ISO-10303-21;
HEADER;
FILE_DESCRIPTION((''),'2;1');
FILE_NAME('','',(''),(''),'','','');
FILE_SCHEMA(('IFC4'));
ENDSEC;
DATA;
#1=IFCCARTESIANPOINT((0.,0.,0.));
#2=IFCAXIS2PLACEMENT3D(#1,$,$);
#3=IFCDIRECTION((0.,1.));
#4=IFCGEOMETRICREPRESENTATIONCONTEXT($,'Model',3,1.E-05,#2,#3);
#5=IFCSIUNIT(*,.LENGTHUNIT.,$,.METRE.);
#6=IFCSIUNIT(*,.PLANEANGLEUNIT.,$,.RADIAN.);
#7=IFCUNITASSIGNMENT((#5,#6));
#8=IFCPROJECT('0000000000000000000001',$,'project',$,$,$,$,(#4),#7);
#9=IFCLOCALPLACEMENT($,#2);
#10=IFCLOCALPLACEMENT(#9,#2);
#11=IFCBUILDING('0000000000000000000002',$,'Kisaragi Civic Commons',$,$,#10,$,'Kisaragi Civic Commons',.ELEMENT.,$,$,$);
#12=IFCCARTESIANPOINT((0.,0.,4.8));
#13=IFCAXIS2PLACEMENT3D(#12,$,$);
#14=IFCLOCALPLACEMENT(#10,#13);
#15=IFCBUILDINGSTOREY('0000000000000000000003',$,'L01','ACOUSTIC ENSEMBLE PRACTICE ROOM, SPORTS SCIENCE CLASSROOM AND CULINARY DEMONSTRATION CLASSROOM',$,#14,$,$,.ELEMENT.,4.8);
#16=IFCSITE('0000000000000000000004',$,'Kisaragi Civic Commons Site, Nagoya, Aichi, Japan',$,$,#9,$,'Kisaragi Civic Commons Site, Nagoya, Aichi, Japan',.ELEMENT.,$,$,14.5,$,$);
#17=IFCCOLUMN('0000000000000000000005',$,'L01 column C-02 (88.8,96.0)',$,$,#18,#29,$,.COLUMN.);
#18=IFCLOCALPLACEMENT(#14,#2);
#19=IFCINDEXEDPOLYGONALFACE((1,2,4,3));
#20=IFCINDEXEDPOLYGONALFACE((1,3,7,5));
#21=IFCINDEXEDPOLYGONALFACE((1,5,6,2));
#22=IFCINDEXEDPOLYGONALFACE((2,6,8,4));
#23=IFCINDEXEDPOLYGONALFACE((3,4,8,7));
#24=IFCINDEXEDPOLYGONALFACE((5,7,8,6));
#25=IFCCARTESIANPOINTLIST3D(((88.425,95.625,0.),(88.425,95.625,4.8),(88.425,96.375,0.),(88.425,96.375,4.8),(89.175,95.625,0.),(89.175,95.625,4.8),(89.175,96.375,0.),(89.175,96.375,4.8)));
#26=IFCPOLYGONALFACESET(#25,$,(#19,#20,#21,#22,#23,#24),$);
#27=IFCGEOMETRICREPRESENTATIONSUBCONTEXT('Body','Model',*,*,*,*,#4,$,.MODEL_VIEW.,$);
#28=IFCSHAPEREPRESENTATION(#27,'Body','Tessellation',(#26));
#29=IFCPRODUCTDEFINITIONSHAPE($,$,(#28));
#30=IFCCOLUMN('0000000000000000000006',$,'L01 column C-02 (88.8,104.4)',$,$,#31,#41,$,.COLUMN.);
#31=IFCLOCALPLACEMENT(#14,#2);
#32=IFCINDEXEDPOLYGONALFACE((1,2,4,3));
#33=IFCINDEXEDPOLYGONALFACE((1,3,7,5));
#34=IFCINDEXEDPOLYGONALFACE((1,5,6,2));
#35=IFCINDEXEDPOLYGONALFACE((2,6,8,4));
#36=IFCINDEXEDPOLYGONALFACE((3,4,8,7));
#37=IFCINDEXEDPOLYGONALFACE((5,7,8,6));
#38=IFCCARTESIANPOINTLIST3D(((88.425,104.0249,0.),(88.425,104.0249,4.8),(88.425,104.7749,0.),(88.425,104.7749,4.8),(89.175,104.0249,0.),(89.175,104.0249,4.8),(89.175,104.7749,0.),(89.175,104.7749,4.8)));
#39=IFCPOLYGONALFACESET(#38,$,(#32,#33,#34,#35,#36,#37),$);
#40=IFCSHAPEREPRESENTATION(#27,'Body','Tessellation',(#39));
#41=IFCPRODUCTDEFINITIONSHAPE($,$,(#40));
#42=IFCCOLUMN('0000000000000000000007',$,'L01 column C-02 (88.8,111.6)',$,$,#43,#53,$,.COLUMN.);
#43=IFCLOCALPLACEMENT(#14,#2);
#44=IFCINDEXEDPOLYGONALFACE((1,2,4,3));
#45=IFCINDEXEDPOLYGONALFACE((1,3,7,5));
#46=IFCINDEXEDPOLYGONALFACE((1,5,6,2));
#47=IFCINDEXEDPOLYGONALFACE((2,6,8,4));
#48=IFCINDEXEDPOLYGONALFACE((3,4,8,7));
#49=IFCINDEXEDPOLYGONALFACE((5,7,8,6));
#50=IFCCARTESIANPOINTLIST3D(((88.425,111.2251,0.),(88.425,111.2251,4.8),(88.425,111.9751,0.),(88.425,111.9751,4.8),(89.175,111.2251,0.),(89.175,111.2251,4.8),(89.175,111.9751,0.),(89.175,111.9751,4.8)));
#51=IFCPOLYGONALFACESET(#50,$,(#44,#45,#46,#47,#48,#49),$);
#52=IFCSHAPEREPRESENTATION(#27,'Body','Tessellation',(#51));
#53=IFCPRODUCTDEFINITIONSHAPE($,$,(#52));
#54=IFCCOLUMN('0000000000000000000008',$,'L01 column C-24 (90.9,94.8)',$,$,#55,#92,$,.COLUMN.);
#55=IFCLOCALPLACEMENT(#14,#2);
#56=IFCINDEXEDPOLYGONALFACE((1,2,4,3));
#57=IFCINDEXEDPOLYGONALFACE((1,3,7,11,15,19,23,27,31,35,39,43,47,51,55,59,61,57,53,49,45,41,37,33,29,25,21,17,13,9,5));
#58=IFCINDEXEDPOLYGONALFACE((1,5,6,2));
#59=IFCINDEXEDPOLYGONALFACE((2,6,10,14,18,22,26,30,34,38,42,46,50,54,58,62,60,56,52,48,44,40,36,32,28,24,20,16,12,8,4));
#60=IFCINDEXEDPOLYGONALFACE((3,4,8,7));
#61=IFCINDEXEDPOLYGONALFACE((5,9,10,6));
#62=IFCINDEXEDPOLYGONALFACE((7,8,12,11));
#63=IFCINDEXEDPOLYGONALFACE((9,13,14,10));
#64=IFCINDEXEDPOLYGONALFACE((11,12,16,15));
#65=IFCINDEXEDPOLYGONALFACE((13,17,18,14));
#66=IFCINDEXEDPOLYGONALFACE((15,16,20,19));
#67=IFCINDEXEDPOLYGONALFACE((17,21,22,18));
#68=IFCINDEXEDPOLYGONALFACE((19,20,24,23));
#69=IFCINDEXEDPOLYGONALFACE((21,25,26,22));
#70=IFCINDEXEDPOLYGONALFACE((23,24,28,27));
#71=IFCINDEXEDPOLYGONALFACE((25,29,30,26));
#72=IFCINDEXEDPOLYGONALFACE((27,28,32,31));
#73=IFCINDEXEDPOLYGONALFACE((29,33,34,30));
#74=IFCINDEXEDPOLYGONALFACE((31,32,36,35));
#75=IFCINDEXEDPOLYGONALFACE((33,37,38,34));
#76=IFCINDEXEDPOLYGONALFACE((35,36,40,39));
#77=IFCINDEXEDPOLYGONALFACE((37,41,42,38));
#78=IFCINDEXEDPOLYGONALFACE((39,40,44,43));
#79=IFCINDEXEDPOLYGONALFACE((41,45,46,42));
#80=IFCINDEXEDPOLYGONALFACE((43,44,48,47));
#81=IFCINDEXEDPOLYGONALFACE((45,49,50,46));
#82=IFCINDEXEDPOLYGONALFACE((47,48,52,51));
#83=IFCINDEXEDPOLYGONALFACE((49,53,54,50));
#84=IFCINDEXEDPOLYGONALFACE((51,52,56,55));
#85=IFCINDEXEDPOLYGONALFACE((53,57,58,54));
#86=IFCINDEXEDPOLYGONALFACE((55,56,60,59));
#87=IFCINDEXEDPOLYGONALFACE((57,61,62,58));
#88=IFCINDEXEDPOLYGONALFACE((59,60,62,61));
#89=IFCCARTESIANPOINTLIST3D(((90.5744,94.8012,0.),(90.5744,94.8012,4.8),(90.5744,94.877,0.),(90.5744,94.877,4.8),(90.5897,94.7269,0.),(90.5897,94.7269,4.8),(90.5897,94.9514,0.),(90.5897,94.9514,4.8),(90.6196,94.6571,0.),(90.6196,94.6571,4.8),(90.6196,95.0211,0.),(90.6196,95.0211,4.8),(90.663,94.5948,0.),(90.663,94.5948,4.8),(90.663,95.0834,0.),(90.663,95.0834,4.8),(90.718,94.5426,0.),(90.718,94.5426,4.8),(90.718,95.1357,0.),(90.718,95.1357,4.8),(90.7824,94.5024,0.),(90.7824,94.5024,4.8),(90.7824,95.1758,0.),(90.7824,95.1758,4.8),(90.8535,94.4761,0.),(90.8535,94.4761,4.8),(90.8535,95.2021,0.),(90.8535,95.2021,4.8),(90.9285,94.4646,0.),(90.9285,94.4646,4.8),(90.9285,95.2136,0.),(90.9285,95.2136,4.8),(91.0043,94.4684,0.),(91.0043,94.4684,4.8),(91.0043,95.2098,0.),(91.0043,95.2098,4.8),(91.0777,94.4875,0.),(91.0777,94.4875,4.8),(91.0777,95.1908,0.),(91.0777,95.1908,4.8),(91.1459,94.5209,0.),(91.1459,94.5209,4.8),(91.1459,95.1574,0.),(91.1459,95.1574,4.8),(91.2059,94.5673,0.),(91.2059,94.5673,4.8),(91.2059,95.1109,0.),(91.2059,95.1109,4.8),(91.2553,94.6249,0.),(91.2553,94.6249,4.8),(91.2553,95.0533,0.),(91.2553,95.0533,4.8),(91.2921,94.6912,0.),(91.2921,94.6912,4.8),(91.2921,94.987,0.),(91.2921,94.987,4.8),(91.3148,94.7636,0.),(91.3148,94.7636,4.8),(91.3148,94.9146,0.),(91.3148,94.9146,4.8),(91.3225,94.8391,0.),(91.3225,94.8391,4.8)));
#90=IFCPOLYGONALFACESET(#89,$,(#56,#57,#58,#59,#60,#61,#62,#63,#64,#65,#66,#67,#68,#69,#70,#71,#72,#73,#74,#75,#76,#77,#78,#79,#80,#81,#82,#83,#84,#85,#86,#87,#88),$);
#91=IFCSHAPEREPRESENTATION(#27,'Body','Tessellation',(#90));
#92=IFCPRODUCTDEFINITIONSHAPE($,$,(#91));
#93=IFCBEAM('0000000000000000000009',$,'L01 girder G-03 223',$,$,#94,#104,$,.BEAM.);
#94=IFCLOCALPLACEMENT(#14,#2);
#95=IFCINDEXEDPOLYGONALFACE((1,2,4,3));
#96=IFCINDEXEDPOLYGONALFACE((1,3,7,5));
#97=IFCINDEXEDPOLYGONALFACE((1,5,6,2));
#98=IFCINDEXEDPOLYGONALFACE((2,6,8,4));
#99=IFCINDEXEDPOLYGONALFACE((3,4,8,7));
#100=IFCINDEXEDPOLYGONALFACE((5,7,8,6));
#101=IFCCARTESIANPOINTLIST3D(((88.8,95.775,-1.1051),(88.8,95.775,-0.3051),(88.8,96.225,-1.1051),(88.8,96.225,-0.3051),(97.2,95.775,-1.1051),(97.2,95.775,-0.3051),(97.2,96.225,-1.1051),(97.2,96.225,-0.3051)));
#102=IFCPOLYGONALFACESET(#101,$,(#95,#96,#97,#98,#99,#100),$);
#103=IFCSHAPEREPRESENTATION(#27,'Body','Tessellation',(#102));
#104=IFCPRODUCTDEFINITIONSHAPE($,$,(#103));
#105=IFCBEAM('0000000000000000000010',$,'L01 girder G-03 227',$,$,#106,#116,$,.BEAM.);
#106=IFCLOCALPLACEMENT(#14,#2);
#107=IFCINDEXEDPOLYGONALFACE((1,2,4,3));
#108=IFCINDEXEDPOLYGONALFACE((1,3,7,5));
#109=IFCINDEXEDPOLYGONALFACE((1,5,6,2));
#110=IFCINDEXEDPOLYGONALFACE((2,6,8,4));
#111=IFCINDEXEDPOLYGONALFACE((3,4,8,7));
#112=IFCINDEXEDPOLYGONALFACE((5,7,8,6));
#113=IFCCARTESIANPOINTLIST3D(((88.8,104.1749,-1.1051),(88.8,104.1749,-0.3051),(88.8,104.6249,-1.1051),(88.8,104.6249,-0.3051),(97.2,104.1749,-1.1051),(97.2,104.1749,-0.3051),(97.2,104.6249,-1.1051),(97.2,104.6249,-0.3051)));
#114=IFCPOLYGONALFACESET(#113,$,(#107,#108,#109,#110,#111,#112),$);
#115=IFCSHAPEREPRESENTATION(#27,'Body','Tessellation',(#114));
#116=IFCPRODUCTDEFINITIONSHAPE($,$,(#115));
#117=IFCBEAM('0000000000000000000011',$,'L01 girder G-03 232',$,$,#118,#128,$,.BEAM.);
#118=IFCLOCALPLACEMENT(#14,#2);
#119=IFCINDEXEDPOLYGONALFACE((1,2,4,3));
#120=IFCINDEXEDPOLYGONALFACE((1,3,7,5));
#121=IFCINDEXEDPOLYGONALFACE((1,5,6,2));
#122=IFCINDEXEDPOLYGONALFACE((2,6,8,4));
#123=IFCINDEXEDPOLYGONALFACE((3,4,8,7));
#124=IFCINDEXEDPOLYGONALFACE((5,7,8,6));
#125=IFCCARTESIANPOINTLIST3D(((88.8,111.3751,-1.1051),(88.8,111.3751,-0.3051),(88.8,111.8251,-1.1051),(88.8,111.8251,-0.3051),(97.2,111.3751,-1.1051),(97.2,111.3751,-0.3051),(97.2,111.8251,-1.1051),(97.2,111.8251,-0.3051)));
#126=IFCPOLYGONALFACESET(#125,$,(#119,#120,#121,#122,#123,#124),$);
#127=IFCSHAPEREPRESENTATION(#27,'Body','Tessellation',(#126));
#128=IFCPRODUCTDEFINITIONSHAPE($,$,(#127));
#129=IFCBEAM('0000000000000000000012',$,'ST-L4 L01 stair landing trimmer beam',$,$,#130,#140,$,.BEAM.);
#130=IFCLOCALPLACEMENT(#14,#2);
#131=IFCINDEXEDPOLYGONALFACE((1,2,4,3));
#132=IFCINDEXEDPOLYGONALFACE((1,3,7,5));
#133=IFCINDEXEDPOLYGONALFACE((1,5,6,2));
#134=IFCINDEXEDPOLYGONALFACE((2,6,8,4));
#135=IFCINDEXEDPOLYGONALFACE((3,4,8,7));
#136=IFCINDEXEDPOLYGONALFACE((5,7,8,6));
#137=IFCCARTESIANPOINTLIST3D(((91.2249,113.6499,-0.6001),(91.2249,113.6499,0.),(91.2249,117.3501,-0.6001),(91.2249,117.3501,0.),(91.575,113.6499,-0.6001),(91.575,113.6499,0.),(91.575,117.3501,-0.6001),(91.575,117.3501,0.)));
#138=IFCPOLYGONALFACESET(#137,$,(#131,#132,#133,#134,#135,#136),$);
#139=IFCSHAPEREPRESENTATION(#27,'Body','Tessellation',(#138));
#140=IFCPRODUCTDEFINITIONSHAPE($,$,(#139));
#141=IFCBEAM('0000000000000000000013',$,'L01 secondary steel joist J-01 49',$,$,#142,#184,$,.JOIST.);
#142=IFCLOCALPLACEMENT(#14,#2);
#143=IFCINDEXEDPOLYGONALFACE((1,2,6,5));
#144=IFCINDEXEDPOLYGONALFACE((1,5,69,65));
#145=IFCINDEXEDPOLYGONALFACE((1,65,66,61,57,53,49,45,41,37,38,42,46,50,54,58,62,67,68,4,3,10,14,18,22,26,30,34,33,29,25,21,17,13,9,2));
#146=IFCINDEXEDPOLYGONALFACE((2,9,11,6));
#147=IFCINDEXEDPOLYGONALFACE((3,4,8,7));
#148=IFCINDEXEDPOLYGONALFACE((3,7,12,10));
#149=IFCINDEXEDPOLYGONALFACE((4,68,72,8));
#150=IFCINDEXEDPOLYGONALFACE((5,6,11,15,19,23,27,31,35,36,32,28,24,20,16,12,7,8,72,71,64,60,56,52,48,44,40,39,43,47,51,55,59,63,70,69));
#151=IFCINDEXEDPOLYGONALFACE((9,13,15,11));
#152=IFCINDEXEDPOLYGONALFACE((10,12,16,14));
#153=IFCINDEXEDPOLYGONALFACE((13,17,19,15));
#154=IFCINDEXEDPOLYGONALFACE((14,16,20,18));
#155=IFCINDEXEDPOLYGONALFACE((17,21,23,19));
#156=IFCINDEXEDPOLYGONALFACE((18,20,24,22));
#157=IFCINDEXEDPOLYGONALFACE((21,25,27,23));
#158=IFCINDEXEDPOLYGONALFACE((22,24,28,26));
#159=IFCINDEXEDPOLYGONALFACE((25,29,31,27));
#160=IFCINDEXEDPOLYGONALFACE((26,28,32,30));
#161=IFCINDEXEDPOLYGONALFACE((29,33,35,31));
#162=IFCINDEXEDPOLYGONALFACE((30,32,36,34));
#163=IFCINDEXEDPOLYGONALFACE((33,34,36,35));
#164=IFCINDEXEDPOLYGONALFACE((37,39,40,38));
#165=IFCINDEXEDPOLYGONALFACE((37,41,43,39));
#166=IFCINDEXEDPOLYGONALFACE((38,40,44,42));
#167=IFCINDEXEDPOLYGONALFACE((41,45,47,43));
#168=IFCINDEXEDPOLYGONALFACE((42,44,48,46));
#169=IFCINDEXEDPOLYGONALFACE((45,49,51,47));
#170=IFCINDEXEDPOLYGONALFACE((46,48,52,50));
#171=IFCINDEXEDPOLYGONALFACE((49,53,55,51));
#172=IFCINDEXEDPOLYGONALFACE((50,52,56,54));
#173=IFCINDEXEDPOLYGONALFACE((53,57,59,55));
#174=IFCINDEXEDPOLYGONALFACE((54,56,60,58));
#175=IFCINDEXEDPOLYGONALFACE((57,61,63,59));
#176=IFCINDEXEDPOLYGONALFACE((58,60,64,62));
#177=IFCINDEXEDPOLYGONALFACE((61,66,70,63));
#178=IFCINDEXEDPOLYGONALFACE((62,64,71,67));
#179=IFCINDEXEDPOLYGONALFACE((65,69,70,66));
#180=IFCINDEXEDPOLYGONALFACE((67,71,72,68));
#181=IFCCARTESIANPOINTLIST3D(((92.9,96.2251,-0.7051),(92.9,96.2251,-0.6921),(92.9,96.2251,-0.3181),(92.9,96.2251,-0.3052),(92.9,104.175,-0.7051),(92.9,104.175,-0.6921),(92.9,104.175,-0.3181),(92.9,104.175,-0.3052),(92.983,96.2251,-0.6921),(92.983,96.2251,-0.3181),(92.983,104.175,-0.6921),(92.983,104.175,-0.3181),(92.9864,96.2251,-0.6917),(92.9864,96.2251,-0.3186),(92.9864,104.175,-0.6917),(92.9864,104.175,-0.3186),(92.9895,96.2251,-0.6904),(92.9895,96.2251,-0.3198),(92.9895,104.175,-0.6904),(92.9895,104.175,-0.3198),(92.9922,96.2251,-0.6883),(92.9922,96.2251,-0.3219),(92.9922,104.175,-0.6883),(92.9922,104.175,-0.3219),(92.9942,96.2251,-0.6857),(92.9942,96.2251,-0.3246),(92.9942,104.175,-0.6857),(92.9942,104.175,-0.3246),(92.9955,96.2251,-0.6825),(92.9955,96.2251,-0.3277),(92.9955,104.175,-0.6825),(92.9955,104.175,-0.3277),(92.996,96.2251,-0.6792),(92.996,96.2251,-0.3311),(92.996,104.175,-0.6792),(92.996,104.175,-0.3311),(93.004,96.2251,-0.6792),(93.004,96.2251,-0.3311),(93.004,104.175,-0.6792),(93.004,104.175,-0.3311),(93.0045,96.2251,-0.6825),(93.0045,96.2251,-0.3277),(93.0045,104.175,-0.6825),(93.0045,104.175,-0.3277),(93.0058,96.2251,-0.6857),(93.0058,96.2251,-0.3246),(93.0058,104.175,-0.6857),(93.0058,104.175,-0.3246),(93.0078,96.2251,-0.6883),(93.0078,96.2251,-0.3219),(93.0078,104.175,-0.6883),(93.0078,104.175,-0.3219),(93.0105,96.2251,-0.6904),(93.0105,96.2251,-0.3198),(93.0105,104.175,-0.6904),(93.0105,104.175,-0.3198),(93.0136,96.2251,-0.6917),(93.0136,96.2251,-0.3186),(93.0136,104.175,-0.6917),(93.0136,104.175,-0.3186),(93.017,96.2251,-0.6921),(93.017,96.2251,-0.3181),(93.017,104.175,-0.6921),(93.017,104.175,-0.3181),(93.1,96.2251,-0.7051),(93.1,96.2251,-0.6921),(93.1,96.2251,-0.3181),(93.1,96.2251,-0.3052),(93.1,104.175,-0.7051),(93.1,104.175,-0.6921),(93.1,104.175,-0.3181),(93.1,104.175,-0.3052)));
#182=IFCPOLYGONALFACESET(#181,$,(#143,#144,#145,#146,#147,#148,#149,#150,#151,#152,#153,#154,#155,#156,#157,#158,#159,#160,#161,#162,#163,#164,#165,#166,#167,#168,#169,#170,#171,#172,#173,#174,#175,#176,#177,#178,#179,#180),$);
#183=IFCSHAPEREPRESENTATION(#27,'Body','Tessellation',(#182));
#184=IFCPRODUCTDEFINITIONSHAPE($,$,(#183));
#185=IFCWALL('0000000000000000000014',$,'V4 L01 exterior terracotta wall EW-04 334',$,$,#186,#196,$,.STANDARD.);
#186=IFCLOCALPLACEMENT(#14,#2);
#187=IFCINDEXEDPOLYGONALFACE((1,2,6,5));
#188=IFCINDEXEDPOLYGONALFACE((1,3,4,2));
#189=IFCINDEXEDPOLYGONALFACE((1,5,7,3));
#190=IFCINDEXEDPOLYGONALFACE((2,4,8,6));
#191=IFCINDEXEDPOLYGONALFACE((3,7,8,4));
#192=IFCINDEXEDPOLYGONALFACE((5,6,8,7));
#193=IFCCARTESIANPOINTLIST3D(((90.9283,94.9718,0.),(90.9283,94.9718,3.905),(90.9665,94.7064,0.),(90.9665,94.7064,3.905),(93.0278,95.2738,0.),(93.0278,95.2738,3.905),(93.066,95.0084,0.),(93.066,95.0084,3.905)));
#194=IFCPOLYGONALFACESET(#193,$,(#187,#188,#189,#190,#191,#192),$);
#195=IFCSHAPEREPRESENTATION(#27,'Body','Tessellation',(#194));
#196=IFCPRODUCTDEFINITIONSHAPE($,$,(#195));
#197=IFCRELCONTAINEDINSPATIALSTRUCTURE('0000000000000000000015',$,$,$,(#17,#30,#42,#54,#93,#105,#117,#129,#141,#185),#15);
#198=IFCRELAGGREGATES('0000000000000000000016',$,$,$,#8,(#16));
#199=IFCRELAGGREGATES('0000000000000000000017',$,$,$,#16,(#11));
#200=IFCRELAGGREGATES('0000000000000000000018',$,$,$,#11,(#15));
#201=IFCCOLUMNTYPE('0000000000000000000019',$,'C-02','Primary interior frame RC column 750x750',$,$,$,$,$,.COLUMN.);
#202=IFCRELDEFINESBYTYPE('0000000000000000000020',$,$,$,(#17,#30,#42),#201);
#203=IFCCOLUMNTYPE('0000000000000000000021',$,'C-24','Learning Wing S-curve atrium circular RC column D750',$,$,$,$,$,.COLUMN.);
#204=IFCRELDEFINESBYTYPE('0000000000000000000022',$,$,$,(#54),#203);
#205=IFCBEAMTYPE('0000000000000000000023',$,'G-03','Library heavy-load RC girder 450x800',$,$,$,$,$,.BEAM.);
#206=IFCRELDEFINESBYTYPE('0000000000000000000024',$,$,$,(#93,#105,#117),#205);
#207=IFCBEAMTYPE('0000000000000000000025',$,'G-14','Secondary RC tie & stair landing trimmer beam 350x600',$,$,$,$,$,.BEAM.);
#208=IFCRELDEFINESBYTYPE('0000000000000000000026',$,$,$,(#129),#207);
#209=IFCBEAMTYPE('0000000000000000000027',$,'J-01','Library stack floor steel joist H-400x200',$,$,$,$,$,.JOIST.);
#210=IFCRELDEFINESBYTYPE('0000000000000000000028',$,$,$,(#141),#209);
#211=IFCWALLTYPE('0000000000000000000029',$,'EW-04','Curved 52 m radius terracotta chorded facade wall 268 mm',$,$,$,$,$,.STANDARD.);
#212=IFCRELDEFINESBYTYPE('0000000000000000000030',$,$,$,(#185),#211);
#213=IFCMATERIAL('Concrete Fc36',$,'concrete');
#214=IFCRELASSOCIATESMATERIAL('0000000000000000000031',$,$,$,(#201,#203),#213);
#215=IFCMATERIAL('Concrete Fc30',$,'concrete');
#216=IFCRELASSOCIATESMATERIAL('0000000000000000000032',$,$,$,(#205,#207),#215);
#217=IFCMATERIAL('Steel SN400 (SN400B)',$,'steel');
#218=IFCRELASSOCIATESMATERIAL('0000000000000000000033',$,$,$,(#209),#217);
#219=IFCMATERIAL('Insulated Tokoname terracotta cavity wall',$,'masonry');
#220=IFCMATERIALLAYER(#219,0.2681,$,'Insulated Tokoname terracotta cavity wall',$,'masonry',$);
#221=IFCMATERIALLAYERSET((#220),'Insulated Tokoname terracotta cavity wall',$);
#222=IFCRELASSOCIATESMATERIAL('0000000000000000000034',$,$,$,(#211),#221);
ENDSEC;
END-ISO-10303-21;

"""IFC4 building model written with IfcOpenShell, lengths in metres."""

from ifc_helpers import new_model, si_unit, direction, frame, frame_2d, origin, origin_2d, place, context, subcontext, project, spatial, rectangle, circle, i_section, extrude, material, layer, layer_set, material_profile, profile_set, type_object, element, save


model = new_model("IFC4")

# Units and contexts
model_context = context("Model", 3, precision=1e-05, world=origin(), true_north=direction((0.0, 1.0)))
body_context = subcontext(model_context, "Body", "Model", "MODEL_VIEW")
ifc_project = project(units=[si_unit("LENGTHUNIT", "METRE"), si_unit("PLANEANGLEUNIT", "RADIAN")], contexts=[model_context])

# Site, building, storey
site_placement = place(None, origin())
site = spatial("IfcSite", under=ifc_project, at=site_placement, Name="Kisaragi Civic Commons Site, Nagoya, Aichi, Japan", LongName="Kisaragi Civic Commons Site, Nagoya, Aichi, Japan", CompositionType="ELEMENT", RefElevation=14.5)
building_placement = place(site_placement, origin())
building = spatial("IfcBuilding", under=site, at=building_placement, Name="Kisaragi Civic Commons", LongName="Kisaragi Civic Commons", CompositionType="ELEMENT")
storey_placement = place(building_placement, frame((0.0, 0.0, 4.8)))
storey = spatial("IfcBuildingStorey", under=building, at=storey_placement, Name="L01", Description="ACOUSTIC ENSEMBLE PRACTICE ROOM, SPORTS SCIENCE CLASSROOM AND CULINARY DEMONSTRATION CLASSROOM", CompositionType="ELEMENT", Elevation=4.8)

# Columns
ifc_material_1 = material(Name="Concrete Fc36", Category="concrete")
ifc_material_profile_1 = material_profile(ifc_material_1, rectangle(XDim=0.75, YDim=0.75, at=origin_2d()), Name="RC-750x750", Category="concrete")
ifc_profile_set_1 = profile_set([ifc_material_profile_1], Name="Concrete Fc36")
column_type_1 = type_object("IfcColumnType", Name="C-02", Description="Primary interior frame RC column 750x750", PredefinedType="COLUMN", material=ifc_profile_set_1)
for number, where, z_axis, x_axis, name in (
    (1, (88.8, 96.0, 0.0), (0.0, 0.0, 1.0), (1.0, 0.0, 0.0), "L01 column C-02 (88.8,96.0)"),
    (2, (88.8, 104.3999, 0.0), (0.0, 0.0, 1.0), (1.0, 0.0, 0.0), "L01 column C-02 (88.8,104.4)"),
    (3, (88.8, 111.6001, 0.0), (0.0, 0.0, 1.0), (1.0, 0.0, 0.0), "L01 column C-02 (88.8,111.6)"),
):
    element("IfcColumn", number, at=place(storey_placement, frame(where, z_axis=z_axis, x_axis=x_axis)), inside=storey, type_object=column_type_1, Name=name, PredefinedType="COLUMN", context=body_context, shape_type="SweptSolid", body=[
        extrude(rectangle(XDim=0.75, YDim=0.75, at=origin_2d()), origin(), (0.0, 0.0, 1.0), 4.8),
    ])
ifc_material_profile_2 = material_profile(ifc_material_1, circle(Radius=0.375, at=origin_2d()), Name="RC-D750", Category="concrete")
ifc_profile_set_2 = profile_set([ifc_material_profile_2], Name="Concrete Fc36")
column_type_2 = type_object("IfcColumnType", Name="C-24", Description="Learning Wing S-curve atrium circular RC column D750", PredefinedType="COLUMN", material=ifc_profile_set_2)
column_placement = place(storey_placement, frame((90.9475, 94.8391, 0.0), z_axis=(0.0, 0.0, 1.0), x_axis=(1.0, 0.0, 0.0)))
element("IfcColumn", 4, at=column_placement, inside=storey, type_object=column_type_2, Name="L01 column C-24 (90.9,94.8)", PredefinedType="COLUMN", context=body_context, shape_type="SweptSolid", body=[
    extrude(circle(Radius=0.375, at=origin_2d()), origin(), (0.0, 0.0, 1.0), 4.8),
])

# Beams
ifc_material_2 = material(Name="Concrete Fc30", Category="concrete")
ifc_material_profile_3 = material_profile(ifc_material_2, rectangle(XDim=0.45, YDim=0.8, at=origin_2d()), Name="RC-450x800", Category="concrete")
ifc_profile_set_3 = profile_set([ifc_material_profile_3], Name="Concrete Fc30")
beam_type_1 = type_object("IfcBeamType", Name="G-03", Description="Library heavy-load RC girder 450x800", PredefinedType="BEAM", material=ifc_profile_set_3)
for number, where, z_axis, x_axis, name in (
    (5, (88.8, 96.0, -0.7051), (1.0, 0.0, 0.0), (0.0, 1.0, 0.0), "L01 girder G-03 223"),
    (6, (88.8, 104.3999, -0.7051), (1.0, 0.0, 0.0), (0.0, 1.0, 0.0), "L01 girder G-03 227"),
    (7, (88.8, 111.6001, -0.7051), (1.0, 0.0, 0.0), (0.0, 1.0, 0.0), "L01 girder G-03 232"),
):
    element("IfcBeam", number, at=place(storey_placement, frame(where, z_axis=z_axis, x_axis=x_axis)), inside=storey, type_object=beam_type_1, Name=name, PredefinedType="BEAM", context=body_context, shape_type="SweptSolid", body=[
        extrude(rectangle(XDim=0.45, YDim=0.8, at=origin_2d()), origin(), (0.0, 0.0, 1.0), 8.3999),
    ])
ifc_material_profile_4 = material_profile(ifc_material_2, rectangle(XDim=0.3501, YDim=0.6001, at=origin_2d()), Name="RC-350x600", Category="concrete")
ifc_profile_set_4 = profile_set([ifc_material_profile_4], Name="Concrete Fc30")
beam_type_2 = type_object("IfcBeamType", Name="G-14", Description="Secondary RC tie & stair landing trimmer beam 350x600", PredefinedType="BEAM", material=ifc_profile_set_4)
beam_1_placement = place(storey_placement, frame((91.3999, 113.6499, -0.3), z_axis=(0.0, 1.0, 0.0), x_axis=(-1.0, 0.0, 0.0)))
element("IfcBeam", 8, at=beam_1_placement, inside=storey, type_object=beam_type_2, Name="ST-L4 L01 stair landing trimmer beam", PredefinedType="BEAM", context=body_context, shape_type="SweptSolid", body=[
    extrude(rectangle(XDim=0.3501, YDim=0.6001, at=origin_2d()), origin(), (0.0, 0.0, 1.0), 3.7002),
])
ifc_material_3 = material(Name="Steel SN400 (SN400B)", Category="steel")
ifc_material_profile_5 = material_profile(ifc_material_3, i_section(OverallWidth=0.2, OverallDepth=0.3999, WebThickness=0.0081, FlangeThickness=0.0129, FilletRadius=0.0129, at=origin_2d()), Name="H-400x200x8x13", Category="steel")
ifc_profile_set_5 = profile_set([ifc_material_profile_5], Name="Steel SN400 (SN400B)")
beam_type_3 = type_object("IfcBeamType", Name="J-01", Description="Library stack floor steel joist H-400x200", PredefinedType="JOIST", material=ifc_profile_set_5)
beam_2_placement = place(storey_placement, frame((93.0, 96.2251, -0.5051), z_axis=(0.0, 1.0, 0.0), x_axis=(-1.0, 0.0, 0.0)))
element("IfcBeam", 9, at=beam_2_placement, inside=storey, type_object=beam_type_3, Name="L01 secondary steel joist J-01 49", PredefinedType="JOIST", context=body_context, shape_type="SweptSolid", body=[
    extrude(i_section(OverallWidth=0.2, OverallDepth=0.3999, WebThickness=0.0081, FlangeThickness=0.0129, FilletRadius=0.0129, at=origin_2d()), origin(), (0.0, 0.0, 1.0), 7.95),
])

# Wall
ifc_material_4 = material(Name="Insulated Tokoname terracotta cavity wall", Category="masonry")
ifc_layer_1 = layer(ifc_material_4, 0.2681, Name="Insulated Tokoname terracotta cavity wall", Category="masonry")
ifc_layer_set_1 = layer_set([ifc_layer_1], Name="Insulated Tokoname terracotta cavity wall")
wall_type_1 = type_object("IfcWallType", Name="EW-04", Description="Curved 52 m radius terracotta chorded facade wall 268 mm", PredefinedType="STANDARD", material=ifc_layer_set_1)
for number, where, z_axis, x_axis, name in (
    (10, (93.0469, 95.1411, 0.0), (0.0, 0.0, 1.0), (-0.989811, -0.142388, 0.0), "V4 L01 exterior terracotta wall EW-04 334"),
):
    element("IfcWall", number, at=place(storey_placement, frame(where, z_axis=z_axis, x_axis=x_axis)), inside=storey, type_object=wall_type_1, Name=name, PredefinedType="STANDARD", context=body_context, shape_type="SweptSolid", body=[
        extrude(rectangle(XDim=2.1211, YDim=0.2681, at=frame_2d((1.0605, 0.0))), origin(), (0.0, 0.0, 1.0), 3.905),
    ])

save(model, "model.ifc")
